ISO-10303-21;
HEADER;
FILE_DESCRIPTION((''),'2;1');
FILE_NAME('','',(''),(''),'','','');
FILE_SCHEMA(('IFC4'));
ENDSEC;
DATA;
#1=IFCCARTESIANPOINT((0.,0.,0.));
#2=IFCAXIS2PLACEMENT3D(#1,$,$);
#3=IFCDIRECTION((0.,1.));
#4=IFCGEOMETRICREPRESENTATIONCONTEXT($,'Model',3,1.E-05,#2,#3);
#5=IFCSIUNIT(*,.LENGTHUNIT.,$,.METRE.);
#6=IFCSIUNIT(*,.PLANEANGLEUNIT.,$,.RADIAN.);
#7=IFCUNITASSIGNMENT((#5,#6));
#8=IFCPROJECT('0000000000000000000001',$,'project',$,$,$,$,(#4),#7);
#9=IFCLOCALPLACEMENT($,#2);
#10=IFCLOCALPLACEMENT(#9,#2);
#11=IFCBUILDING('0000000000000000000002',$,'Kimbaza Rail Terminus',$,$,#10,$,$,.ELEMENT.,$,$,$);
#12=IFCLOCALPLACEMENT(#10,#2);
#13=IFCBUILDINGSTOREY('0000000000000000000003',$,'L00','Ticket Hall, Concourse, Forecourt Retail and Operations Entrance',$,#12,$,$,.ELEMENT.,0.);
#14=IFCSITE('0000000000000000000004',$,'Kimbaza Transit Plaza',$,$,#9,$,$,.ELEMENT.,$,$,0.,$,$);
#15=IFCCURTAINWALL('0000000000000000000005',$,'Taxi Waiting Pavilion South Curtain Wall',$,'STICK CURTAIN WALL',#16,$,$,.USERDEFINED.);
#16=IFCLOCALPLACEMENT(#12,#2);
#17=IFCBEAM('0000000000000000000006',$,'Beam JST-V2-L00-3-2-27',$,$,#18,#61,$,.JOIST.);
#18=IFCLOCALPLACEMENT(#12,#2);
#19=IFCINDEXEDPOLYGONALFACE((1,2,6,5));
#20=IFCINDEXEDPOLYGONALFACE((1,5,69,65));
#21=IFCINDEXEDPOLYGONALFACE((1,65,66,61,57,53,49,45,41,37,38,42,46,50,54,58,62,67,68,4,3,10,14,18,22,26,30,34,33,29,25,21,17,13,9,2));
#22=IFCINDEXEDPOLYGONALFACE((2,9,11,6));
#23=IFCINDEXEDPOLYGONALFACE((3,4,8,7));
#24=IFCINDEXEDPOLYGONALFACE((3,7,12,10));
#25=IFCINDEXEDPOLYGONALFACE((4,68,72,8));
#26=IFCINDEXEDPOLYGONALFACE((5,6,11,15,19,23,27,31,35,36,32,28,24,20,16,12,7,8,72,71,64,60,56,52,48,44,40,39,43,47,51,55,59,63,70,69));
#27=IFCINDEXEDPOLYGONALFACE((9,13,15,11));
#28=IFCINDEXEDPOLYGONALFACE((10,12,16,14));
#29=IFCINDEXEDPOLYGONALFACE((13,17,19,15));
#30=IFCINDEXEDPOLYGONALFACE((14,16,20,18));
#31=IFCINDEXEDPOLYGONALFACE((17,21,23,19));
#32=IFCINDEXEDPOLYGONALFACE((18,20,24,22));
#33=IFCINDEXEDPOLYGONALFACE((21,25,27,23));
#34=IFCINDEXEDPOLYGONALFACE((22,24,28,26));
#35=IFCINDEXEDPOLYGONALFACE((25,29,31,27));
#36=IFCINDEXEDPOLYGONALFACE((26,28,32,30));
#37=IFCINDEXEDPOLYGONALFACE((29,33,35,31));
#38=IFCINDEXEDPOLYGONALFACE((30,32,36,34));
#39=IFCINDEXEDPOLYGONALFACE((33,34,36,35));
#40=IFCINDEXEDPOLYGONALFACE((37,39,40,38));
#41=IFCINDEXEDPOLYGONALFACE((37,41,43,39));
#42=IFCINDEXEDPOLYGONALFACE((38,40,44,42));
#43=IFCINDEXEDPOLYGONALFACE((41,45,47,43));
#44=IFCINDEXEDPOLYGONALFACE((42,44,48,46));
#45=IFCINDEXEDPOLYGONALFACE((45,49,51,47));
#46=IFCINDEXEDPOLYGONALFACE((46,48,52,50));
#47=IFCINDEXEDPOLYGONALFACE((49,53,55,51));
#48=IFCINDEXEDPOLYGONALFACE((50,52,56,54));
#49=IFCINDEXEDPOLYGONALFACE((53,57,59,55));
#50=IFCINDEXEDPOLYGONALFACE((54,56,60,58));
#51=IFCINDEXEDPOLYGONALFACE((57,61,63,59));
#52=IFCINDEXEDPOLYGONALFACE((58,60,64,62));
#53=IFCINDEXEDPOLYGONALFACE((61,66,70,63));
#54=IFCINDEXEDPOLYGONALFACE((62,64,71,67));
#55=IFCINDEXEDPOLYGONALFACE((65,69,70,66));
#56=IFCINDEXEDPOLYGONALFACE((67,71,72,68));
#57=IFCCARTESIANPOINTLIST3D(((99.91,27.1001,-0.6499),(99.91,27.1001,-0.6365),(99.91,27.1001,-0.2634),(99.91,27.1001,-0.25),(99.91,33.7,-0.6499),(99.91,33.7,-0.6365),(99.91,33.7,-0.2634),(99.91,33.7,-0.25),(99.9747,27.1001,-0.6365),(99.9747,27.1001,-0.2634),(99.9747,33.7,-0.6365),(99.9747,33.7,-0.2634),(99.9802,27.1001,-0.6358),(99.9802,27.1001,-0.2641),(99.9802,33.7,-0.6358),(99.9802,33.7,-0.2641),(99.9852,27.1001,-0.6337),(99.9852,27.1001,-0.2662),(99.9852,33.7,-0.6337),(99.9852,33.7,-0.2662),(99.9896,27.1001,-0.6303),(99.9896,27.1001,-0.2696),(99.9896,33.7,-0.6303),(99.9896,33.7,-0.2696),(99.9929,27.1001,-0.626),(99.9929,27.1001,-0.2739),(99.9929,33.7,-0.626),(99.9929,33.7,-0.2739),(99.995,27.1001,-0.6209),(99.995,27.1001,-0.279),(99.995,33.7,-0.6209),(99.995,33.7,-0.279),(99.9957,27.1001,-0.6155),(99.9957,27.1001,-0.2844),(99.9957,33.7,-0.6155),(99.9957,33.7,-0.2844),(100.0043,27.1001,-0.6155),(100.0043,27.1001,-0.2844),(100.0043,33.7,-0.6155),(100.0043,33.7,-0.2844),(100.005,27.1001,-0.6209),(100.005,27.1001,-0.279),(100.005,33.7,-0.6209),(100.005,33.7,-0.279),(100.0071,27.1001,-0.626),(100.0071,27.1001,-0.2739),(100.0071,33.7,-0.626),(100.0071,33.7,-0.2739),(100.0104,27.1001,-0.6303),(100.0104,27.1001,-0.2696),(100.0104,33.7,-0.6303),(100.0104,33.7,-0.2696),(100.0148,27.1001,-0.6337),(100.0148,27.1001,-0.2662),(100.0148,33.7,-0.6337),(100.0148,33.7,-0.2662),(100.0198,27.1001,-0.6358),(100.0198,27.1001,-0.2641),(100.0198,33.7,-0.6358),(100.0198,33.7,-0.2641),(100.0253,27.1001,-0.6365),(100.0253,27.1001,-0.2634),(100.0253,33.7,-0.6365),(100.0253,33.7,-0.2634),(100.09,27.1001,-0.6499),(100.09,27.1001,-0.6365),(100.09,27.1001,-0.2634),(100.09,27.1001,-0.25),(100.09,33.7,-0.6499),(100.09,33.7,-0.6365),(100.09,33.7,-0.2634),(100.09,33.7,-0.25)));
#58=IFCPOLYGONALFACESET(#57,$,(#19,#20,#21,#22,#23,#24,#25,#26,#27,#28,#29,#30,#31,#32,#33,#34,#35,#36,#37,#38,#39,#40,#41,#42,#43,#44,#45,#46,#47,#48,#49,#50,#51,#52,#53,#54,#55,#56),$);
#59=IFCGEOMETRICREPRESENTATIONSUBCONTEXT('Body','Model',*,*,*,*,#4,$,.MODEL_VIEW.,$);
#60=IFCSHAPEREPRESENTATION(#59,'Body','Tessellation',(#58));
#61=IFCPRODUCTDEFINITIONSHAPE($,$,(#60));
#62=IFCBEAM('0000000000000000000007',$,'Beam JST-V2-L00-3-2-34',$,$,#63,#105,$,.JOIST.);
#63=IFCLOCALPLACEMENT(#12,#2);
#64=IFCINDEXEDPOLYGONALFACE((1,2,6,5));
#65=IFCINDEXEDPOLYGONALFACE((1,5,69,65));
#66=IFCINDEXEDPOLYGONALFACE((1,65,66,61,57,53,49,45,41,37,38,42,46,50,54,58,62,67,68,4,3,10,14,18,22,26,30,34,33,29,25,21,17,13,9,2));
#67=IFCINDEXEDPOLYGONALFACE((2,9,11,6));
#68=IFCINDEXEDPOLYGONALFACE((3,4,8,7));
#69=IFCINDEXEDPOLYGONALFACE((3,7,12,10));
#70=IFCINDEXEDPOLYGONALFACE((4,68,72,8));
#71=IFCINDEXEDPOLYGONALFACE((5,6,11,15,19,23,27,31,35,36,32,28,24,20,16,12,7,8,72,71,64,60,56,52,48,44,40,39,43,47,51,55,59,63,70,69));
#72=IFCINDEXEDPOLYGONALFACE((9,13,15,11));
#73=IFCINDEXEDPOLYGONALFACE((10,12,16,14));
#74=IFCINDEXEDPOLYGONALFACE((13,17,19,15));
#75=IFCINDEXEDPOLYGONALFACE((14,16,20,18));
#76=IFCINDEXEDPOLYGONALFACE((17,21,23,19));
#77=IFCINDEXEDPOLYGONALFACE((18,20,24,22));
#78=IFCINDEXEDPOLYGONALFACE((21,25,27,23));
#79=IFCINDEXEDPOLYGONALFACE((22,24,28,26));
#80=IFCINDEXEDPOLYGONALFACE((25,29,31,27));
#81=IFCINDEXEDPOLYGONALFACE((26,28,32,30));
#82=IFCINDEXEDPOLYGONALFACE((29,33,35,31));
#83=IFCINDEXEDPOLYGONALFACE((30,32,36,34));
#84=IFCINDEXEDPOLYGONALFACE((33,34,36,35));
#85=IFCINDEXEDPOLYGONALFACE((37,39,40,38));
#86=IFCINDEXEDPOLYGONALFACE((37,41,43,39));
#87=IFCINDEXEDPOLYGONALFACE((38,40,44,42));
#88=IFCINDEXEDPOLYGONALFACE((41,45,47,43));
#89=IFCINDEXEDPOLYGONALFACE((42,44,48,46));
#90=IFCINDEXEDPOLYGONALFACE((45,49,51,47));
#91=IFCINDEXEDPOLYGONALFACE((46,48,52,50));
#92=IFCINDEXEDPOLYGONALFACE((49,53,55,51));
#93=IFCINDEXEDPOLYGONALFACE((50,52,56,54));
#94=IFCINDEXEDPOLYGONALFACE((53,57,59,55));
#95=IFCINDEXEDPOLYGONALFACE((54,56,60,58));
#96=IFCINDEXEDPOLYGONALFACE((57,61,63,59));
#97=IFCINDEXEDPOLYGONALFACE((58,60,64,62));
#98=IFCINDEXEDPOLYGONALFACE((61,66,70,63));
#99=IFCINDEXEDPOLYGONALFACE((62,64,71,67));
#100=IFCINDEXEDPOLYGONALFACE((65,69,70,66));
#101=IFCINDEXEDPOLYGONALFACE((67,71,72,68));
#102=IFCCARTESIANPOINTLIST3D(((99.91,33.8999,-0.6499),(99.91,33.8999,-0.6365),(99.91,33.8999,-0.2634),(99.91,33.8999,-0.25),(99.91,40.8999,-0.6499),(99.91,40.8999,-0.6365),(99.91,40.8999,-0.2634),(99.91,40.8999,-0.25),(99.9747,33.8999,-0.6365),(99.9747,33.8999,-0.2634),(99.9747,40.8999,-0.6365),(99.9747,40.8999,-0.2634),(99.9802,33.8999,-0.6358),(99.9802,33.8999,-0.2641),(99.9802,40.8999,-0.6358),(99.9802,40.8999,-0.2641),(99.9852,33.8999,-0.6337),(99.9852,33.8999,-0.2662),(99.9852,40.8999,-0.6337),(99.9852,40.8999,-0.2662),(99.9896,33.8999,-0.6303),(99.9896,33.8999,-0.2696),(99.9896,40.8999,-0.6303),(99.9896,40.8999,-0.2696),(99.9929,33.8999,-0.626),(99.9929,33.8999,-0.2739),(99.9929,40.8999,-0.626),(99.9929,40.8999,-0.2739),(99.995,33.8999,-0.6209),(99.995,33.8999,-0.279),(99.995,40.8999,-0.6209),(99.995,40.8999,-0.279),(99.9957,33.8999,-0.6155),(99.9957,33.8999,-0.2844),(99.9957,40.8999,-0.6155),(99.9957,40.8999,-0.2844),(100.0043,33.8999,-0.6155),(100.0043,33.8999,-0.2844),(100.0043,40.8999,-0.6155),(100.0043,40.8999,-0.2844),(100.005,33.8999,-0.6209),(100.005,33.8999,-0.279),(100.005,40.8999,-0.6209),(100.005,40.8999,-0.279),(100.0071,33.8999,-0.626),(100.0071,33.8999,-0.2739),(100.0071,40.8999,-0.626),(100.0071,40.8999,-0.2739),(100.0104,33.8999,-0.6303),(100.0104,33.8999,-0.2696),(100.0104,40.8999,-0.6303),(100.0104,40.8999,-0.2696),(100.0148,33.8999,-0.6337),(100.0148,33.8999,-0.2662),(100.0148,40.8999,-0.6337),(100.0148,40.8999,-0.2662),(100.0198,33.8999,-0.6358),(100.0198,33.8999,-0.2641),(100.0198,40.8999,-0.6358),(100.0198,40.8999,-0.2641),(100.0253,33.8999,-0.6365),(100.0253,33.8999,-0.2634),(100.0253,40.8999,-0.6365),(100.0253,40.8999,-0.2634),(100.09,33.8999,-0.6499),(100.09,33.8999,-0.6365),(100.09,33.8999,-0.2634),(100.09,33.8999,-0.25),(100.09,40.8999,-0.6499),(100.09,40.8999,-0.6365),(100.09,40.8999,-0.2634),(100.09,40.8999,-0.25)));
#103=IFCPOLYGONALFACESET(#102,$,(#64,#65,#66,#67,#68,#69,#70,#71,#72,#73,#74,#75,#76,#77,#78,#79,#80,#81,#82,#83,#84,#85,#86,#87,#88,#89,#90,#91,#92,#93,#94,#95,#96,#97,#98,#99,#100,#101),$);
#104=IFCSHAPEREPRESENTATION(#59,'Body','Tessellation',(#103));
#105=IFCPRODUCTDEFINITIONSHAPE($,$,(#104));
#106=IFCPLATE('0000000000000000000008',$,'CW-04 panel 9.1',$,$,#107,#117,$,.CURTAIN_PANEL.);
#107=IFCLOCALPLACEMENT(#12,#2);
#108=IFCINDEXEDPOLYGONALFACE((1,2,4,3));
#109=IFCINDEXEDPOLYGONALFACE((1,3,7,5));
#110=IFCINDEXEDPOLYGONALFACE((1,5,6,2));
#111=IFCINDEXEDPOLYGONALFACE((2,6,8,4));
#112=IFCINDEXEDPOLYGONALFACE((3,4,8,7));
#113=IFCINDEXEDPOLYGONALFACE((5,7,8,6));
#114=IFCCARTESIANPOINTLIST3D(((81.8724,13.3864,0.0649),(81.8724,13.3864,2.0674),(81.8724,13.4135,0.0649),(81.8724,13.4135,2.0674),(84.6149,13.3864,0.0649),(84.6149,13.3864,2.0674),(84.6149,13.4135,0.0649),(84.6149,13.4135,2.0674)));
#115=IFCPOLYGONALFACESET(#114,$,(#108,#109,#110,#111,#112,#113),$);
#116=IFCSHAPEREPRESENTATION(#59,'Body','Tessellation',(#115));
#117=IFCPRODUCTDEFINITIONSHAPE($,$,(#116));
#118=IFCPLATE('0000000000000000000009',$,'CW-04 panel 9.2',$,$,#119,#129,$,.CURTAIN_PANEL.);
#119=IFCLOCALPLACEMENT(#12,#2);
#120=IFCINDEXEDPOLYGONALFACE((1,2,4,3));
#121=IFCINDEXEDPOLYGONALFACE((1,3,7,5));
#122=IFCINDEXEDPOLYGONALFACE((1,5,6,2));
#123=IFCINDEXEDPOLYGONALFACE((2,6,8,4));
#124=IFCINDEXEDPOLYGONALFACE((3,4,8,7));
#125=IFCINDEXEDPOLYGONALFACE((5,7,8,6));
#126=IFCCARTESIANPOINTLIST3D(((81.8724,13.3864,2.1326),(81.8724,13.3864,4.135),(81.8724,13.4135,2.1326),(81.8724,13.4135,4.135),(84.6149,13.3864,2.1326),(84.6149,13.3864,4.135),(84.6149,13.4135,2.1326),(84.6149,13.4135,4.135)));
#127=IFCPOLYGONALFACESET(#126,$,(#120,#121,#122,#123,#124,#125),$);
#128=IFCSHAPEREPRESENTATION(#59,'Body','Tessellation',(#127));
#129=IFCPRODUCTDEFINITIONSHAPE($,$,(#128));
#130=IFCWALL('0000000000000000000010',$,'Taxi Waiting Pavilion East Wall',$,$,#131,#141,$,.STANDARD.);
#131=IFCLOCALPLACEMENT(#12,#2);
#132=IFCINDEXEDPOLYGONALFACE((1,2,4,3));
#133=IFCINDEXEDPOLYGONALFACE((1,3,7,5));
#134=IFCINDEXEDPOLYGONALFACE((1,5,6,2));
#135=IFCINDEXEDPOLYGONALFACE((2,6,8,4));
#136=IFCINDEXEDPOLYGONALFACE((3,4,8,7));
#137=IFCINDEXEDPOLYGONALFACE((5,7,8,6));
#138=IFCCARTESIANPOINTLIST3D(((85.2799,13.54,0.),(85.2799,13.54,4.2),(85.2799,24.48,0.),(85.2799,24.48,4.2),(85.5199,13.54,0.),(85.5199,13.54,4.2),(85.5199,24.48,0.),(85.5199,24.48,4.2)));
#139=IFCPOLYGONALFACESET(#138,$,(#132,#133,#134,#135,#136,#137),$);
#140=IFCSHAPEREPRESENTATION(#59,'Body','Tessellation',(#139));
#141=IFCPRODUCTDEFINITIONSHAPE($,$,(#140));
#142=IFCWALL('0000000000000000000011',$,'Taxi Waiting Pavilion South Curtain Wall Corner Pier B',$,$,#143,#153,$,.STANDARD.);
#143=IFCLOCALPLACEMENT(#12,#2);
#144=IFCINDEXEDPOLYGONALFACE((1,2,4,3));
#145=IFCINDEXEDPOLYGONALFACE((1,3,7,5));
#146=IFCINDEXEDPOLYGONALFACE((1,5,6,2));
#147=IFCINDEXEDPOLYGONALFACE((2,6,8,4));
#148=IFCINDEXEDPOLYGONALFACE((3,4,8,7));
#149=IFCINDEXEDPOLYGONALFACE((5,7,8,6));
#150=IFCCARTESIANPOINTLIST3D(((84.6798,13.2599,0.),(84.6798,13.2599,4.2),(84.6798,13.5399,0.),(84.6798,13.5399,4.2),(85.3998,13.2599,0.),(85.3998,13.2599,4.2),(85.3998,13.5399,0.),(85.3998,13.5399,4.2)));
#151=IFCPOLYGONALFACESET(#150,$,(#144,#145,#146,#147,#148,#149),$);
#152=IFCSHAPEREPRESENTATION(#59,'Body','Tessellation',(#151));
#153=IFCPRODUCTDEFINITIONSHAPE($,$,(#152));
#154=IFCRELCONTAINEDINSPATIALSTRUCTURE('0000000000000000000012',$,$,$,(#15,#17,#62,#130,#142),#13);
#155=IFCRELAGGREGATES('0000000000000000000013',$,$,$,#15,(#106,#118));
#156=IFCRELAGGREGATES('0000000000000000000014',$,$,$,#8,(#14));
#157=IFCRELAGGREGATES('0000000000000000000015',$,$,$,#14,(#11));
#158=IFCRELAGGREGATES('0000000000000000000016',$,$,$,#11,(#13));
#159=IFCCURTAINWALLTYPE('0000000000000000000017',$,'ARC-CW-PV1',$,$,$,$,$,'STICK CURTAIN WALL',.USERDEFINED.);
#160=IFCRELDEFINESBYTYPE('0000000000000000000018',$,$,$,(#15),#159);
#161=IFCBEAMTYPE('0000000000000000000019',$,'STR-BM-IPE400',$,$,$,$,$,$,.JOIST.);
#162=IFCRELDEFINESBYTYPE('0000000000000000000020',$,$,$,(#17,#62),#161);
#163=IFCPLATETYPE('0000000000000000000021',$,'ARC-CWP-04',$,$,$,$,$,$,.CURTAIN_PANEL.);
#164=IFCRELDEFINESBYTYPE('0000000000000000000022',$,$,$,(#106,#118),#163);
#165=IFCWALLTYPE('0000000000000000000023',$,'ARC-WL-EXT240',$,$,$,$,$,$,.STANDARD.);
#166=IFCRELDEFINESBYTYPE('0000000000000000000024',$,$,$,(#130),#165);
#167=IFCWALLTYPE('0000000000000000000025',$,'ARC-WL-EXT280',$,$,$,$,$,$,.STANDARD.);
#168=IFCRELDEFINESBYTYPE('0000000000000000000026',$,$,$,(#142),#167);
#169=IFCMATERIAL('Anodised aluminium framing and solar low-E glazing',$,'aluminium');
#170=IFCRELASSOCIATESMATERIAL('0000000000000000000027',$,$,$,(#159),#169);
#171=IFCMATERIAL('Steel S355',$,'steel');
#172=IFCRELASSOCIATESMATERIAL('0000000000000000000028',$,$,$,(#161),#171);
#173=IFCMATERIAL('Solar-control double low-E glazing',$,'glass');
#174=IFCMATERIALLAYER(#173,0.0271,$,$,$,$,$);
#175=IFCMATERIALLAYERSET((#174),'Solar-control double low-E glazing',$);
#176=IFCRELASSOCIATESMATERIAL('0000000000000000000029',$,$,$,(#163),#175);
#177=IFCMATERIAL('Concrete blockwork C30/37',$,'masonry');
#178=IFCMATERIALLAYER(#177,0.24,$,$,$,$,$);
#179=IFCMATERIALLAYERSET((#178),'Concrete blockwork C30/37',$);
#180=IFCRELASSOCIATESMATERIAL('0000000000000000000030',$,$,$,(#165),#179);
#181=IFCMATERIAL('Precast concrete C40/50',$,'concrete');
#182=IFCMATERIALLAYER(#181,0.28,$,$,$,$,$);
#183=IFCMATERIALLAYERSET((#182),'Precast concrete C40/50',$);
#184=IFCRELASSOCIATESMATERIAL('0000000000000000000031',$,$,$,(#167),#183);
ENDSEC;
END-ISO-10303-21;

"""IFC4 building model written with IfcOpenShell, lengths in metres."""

from ifc_helpers import new_model, si_unit, direction, frame, frame_2d, origin, origin_2d, place, context, subcontext, project, spatial, rectangle, i_section, extrude, material, layer, layer_set, material_profile, profile_set, type_object, element, aggregate, save


model = new_model("IFC4")

# Units and contexts
model_context = context("Model", 3, precision=1e-05, world=origin(), true_north=direction((0.0, 1.0)))
body_context = subcontext(model_context, "Body", "Model", "MODEL_VIEW")
ifc_project = project(units=[si_unit("LENGTHUNIT", "METRE"), si_unit("PLANEANGLEUNIT", "RADIAN")], contexts=[model_context])

# Site, building, storey
site_placement = place(None, origin())
site = spatial("IfcSite", under=ifc_project, at=site_placement, Name="Kimbaza Transit Plaza", CompositionType="ELEMENT", RefElevation=0.0)
building_placement = place(site_placement, origin())
building = spatial("IfcBuilding", under=site, at=building_placement, Name="Kimbaza Rail Terminus", CompositionType="ELEMENT")
storey_placement = place(building_placement, origin())
storey = spatial("IfcBuildingStorey", under=building, at=storey_placement, Name="L00", Description="Ticket Hall, Concourse, Forecourt Retail and Operations Entrance", CompositionType="ELEMENT", Elevation=0.0)

# Curtain wall
ifc_material_1 = material(Name="Anodised aluminium framing and solar low-E glazing", Category="aluminium")
curtain_wall_type = type_object("IfcCurtainWallType", Name="ARC-CW-PV1", ElementType="STICK CURTAIN WALL", PredefinedType="USERDEFINED", material=ifc_material_1)
curtain_wall_placement = place(storey_placement, origin())
curtain_wall = element("IfcCurtainWall", 1, at=curtain_wall_placement, inside=storey, type_object=curtain_wall_type, Name="Taxi Waiting Pavilion South Curtain Wall", ObjectType="STICK CURTAIN WALL", PredefinedType="USERDEFINED")

# Beams
ifc_material_2 = material(Name="Steel S355", Category="steel")
ifc_material_profile_1 = material_profile(ifc_material_2, i_section(OverallWidth=0.1799, OverallDepth=0.3999, WebThickness=0.0085, FlangeThickness=0.0134, FilletRadius=0.021, at=origin_2d()), Name="IPE 400")
ifc_profile_set_1 = profile_set([ifc_material_profile_1], Name="Steel S355")
beam_type_1 = type_object("IfcBeamType", Name="STR-BM-IPE400", PredefinedType="JOIST", material=ifc_profile_set_1)
beam_1_placement = place(storey_placement, frame((100.0, 27.1001, -0.45), z_axis=(0.0, 1.0, 0.0), x_axis=(-1.0, 0.0, 0.0)))
element("IfcBeam", 2, at=beam_1_placement, inside=storey, type_object=beam_type_1, Name="Beam JST-V2-L00-3-2-27", PredefinedType="JOIST", context=body_context, shape_type="SweptSolid", body=[
    extrude(i_section(OverallWidth=0.1799, OverallDepth=0.3999, WebThickness=0.0085, FlangeThickness=0.0134, FilletRadius=0.021, at=origin_2d()), origin(), (0.0, 0.0, 1.0), 6.5999),
])
beam_2_placement = place(storey_placement, frame((100.0, 33.8999, -0.45), z_axis=(0.0, 1.0, 0.0), x_axis=(-1.0, 0.0, 0.0)))
element("IfcBeam", 3, at=beam_2_placement, inside=storey, type_object=beam_type_1, Name="Beam JST-V2-L00-3-2-34", PredefinedType="JOIST", context=body_context, shape_type="SweptSolid", body=[
    extrude(i_section(OverallWidth=0.1799, OverallDepth=0.3999, WebThickness=0.0085, FlangeThickness=0.0134, FilletRadius=0.021, at=origin_2d()), origin(), (0.0, 0.0, 1.0), 7.0),
])

# Plates
ifc_material_3 = material(Name="Solar-control double low-E glazing", Category="glass")
ifc_layer_1 = layer(ifc_material_3, 0.0271)
ifc_layer_set_1 = layer_set([ifc_layer_1], Name="Solar-control double low-E glazing")
plate_type = type_object("IfcPlateType", Name="ARC-CWP-04", PredefinedType="CURTAIN_PANEL", material=ifc_layer_set_1)
plate_1_placement = place(storey_placement, frame((83.2437, 13.3999, 0.0649), z_axis=(0.0, 0.0, 1.0), x_axis=(1.0, 0.0, 0.0)))
plate_1 = element("IfcPlate", 4, at=plate_1_placement, type_object=plate_type, Name="CW-04 panel 9.1", PredefinedType="CURTAIN_PANEL", context=body_context, shape_type="SweptSolid", body=[
    extrude(rectangle(XDim=2.7424, YDim=0.0271, at=origin_2d()), origin(), (0.0, 0.0, 1.0), 2.0024),
])
plate_2_placement = place(storey_placement, frame((83.2437, 13.3999, 2.1326), z_axis=(0.0, 0.0, 1.0), x_axis=(1.0, 0.0, 0.0)))
plate_2 = element("IfcPlate", 5, at=plate_2_placement, type_object=plate_type, Name="CW-04 panel 9.2", PredefinedType="CURTAIN_PANEL", context=body_context, shape_type="SweptSolid", body=[
    extrude(rectangle(XDim=2.7424, YDim=0.0271, at=origin_2d()), origin(), (0.0, 0.0, 1.0), 2.0024),
])
aggregate(curtain_wall, [plate_1, plate_2])

# Walls
ifc_material_4 = material(Name="Concrete blockwork C30/37", Category="masonry")
ifc_layer_2 = layer(ifc_material_4, 0.24)
ifc_layer_set_2 = layer_set([ifc_layer_2], Name="Concrete blockwork C30/37")
wall_type_1 = type_object("IfcWallType", Name="ARC-WL-EXT240", PredefinedType="STANDARD", material=ifc_layer_set_2)
wall_1_placement = place(storey_placement, frame((85.3999, 13.54, 0.0), z_axis=(0.0, 0.0, 1.0), x_axis=(0.0, 1.0, 0.0)))
element("IfcWall", 6, at=wall_1_placement, inside=storey, type_object=wall_type_1, Name="Taxi Waiting Pavilion East Wall", PredefinedType="STANDARD", context=body_context, shape_type="SweptSolid", body=[
    extrude(rectangle(XDim=10.9399, YDim=0.24, at=frame_2d((5.47, 0.0))), origin(), (0.0, 0.0, 1.0), 4.2),
])
ifc_material_5 = material(Name="Precast concrete C40/50", Category="concrete")
ifc_layer_3 = layer(ifc_material_5, 0.28)
ifc_layer_set_3 = layer_set([ifc_layer_3], Name="Precast concrete C40/50")
wall_type_2 = type_object("IfcWallType", Name="ARC-WL-EXT280", PredefinedType="STANDARD", material=ifc_layer_set_3)
wall_2_placement = place(storey_placement, frame((84.6799, 13.3999, 0.0), z_axis=(0.0, 0.0, 1.0), x_axis=(1.0, 0.0, 0.0)))
element("IfcWall", 7, at=wall_2_placement, inside=storey, type_object=wall_type_2, Name="Taxi Waiting Pavilion South Curtain Wall Corner Pier B", PredefinedType="STANDARD", context=body_context, shape_type="SweptSolid", body=[
    extrude(rectangle(XDim=0.72, YDim=0.28, at=frame_2d((0.3599, 0.0))), origin(), (0.0, 0.0, 1.0), 4.2),
])

save(model, "model.ifc")
